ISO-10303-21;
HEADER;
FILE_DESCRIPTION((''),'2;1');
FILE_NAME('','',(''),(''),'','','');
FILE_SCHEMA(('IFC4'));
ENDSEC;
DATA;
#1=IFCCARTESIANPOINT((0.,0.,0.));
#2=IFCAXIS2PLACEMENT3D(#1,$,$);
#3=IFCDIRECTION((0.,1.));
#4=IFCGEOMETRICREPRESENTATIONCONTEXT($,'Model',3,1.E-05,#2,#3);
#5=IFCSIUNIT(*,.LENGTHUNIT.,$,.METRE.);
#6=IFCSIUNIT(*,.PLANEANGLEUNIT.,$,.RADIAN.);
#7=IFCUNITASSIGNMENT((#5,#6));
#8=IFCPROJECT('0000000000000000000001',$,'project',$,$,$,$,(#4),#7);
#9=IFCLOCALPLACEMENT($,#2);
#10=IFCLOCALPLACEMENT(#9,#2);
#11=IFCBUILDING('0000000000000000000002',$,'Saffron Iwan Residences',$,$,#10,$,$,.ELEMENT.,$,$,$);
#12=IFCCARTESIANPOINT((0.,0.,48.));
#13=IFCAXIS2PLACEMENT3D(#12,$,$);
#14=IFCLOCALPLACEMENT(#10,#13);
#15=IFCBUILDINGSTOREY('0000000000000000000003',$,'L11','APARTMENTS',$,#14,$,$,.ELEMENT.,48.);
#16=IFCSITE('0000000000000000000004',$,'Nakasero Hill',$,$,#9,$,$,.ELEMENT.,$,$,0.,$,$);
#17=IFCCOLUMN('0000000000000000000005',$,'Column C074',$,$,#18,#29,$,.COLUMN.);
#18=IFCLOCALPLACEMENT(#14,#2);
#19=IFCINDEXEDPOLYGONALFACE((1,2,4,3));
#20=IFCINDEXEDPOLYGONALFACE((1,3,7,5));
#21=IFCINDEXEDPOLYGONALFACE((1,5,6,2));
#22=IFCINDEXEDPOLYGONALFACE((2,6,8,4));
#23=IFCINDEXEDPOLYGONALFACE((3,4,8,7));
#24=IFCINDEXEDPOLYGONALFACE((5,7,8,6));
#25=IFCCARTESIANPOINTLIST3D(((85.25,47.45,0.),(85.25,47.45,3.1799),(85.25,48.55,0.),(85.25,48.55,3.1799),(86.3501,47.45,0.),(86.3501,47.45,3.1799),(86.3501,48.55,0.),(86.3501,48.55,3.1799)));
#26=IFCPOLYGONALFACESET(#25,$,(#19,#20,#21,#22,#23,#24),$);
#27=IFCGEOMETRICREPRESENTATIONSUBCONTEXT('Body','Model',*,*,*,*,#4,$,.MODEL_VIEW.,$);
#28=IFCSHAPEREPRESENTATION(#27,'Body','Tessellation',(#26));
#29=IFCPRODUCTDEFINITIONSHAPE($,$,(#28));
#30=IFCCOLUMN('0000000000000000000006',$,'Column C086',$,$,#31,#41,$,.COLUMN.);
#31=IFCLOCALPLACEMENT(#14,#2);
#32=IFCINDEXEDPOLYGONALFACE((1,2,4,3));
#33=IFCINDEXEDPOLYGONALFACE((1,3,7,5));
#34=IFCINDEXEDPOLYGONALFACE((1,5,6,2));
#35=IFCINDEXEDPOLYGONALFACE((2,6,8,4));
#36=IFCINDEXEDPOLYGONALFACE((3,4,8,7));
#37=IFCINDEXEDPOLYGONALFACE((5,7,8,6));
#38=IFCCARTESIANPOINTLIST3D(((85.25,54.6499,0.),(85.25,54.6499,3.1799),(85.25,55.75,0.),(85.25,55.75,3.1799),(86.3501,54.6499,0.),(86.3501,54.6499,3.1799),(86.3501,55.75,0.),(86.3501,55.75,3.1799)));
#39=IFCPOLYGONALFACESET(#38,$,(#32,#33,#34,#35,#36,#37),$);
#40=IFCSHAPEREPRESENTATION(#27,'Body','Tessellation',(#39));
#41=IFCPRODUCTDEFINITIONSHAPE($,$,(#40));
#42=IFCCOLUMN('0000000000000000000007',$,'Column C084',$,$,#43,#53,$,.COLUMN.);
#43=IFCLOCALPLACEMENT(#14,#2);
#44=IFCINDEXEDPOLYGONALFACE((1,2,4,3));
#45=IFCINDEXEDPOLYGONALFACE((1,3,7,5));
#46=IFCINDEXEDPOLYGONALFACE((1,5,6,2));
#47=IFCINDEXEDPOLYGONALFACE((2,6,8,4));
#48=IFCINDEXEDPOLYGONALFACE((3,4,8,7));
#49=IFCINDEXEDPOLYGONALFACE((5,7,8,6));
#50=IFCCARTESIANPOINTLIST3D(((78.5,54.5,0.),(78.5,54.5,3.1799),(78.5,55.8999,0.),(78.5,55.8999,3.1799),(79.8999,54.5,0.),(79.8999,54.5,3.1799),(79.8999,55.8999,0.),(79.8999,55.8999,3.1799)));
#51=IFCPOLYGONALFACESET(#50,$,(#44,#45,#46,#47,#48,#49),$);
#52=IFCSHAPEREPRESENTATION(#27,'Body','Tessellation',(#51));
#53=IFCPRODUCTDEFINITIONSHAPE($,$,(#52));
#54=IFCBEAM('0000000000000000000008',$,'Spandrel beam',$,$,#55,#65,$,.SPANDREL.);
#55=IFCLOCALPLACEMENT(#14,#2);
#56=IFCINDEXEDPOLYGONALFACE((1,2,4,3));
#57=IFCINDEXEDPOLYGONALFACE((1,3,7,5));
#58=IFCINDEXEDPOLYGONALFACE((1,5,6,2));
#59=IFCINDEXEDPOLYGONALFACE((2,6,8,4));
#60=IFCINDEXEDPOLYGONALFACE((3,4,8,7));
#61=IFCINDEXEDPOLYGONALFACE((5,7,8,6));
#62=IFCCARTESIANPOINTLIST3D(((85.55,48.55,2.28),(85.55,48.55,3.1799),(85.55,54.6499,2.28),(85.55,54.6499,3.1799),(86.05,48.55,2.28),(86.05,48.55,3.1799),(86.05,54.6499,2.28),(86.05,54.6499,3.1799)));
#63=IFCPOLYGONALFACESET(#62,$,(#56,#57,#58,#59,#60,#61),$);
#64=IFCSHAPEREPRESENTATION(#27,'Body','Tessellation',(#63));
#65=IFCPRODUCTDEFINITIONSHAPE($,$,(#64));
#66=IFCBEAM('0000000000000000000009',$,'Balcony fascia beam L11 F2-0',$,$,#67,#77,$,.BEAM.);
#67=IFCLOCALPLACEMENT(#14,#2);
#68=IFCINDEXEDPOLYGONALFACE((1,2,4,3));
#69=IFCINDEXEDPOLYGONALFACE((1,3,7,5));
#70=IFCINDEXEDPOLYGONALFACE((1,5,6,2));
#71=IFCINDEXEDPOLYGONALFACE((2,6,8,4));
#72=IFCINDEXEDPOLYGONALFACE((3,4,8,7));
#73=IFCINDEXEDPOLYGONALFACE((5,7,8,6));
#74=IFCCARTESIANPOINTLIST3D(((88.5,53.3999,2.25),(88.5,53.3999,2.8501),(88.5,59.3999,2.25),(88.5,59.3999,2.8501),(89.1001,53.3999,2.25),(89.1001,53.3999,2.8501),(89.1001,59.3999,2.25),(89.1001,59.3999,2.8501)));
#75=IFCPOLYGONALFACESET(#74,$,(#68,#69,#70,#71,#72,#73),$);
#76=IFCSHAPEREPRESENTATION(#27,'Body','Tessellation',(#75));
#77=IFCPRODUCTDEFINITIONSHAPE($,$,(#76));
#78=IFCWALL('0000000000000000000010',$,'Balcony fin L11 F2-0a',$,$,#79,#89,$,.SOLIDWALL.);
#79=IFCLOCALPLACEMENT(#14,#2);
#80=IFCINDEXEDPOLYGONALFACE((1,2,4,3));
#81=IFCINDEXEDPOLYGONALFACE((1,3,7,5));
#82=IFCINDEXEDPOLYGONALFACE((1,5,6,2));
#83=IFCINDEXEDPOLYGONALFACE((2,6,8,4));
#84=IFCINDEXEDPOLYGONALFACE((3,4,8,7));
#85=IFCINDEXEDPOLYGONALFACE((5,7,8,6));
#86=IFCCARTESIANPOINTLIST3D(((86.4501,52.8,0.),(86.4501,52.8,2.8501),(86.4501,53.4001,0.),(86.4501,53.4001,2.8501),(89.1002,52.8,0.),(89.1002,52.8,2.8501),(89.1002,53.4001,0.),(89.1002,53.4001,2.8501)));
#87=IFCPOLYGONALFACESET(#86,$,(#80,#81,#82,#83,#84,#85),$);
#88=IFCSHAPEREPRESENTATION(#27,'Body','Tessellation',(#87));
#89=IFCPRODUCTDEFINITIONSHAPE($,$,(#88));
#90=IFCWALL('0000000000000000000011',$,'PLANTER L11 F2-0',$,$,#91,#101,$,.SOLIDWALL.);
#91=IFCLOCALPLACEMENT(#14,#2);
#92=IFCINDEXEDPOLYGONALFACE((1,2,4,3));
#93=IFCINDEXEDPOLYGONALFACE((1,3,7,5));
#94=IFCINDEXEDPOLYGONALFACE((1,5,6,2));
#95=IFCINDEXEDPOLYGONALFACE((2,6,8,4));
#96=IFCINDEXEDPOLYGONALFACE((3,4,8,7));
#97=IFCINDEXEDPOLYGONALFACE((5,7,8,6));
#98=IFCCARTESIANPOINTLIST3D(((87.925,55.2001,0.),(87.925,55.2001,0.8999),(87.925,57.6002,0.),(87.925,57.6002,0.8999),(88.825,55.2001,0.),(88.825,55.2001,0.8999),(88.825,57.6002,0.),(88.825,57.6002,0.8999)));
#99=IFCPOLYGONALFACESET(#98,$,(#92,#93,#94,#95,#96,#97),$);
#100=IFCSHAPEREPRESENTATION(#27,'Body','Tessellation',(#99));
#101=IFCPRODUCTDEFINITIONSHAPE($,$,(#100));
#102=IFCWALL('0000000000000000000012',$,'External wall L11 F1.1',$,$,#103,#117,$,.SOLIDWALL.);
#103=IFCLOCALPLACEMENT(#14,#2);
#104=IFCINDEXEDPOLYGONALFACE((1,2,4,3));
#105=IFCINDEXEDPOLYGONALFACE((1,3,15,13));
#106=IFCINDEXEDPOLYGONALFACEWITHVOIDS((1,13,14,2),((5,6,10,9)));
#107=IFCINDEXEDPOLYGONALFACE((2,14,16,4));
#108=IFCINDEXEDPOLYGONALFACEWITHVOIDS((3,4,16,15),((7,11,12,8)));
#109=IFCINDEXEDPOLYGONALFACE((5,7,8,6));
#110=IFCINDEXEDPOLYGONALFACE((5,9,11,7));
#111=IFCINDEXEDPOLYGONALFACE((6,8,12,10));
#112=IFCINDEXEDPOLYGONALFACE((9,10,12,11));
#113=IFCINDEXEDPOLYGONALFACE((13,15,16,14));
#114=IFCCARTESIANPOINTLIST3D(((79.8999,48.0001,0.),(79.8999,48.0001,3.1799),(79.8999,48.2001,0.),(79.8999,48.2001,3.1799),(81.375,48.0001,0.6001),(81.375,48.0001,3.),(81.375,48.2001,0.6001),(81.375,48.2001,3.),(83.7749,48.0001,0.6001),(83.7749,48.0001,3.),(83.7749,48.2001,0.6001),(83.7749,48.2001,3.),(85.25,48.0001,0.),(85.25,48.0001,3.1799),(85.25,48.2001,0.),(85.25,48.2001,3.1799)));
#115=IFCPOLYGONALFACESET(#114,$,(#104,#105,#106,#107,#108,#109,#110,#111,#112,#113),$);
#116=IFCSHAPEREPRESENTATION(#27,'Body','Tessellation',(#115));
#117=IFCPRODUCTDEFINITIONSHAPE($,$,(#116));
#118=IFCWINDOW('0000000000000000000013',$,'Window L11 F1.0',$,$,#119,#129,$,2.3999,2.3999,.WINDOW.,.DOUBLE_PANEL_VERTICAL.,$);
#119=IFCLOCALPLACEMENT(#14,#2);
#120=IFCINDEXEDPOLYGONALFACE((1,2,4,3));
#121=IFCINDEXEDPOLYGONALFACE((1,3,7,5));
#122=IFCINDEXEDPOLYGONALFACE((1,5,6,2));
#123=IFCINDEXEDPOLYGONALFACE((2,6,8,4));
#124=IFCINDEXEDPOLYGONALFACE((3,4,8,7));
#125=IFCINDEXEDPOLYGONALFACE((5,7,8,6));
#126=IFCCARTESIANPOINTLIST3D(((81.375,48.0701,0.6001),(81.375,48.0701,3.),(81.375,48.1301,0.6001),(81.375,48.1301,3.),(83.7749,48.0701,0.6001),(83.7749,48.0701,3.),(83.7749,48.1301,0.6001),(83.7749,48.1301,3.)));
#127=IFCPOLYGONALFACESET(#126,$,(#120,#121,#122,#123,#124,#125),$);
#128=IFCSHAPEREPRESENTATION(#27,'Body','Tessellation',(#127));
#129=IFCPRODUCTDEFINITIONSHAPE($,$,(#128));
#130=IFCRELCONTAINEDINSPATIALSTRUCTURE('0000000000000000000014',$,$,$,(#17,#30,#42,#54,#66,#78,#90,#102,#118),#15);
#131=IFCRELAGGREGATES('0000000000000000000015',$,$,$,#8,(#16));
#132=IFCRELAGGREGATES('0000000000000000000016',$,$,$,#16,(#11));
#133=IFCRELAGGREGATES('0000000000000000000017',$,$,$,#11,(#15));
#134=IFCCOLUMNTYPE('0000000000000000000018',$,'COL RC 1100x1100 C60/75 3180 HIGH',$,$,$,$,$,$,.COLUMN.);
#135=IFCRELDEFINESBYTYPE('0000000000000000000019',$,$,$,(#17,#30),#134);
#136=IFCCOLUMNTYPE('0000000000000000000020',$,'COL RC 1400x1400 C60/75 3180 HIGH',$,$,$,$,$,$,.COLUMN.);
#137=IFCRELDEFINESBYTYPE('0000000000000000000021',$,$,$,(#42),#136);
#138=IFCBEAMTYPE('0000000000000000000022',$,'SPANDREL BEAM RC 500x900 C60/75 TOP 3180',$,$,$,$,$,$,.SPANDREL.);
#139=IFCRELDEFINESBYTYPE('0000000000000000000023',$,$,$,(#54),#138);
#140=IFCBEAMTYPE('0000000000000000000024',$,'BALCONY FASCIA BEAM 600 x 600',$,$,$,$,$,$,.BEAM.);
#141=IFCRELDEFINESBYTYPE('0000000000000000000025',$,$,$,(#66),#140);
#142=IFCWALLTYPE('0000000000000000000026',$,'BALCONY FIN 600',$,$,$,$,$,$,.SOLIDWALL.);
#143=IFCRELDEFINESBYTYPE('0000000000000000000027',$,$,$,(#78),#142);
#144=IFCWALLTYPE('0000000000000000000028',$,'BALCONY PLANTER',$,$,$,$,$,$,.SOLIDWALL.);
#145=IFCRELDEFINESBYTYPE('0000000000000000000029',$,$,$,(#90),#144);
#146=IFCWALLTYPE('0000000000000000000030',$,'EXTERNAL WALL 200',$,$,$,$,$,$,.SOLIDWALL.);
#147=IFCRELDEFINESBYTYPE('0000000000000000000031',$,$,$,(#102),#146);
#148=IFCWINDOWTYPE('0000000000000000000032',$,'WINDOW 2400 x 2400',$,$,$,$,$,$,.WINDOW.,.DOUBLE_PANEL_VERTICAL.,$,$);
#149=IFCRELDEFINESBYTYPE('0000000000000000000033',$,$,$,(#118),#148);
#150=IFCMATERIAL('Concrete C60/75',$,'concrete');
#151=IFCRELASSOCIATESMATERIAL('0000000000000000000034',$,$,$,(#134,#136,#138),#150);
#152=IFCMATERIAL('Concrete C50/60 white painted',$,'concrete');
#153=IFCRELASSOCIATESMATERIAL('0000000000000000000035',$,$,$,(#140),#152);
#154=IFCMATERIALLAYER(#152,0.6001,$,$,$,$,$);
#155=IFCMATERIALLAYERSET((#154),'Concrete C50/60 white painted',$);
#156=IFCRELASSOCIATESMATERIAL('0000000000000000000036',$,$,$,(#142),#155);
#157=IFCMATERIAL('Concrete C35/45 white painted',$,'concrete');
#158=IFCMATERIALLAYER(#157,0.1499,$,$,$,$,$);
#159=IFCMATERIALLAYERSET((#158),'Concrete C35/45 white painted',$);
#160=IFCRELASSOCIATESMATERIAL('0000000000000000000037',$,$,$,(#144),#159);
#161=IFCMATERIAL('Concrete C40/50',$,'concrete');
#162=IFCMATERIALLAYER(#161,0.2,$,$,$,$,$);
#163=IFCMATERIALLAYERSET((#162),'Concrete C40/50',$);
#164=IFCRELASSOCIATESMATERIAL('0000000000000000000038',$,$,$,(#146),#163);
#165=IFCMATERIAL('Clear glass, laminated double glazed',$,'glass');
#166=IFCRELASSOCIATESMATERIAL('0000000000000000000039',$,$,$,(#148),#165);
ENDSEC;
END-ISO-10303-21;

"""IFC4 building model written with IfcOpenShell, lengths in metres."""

from ifc_helpers import new_model, si_unit, direction, frame, frame_2d, origin, origin_2d, place, context, subcontext, project, spatial, rectangle, extrude, source, transform, mapped, material, layer, layer_set, material_profile, profile_set, type_object, element, fill, save


model = new_model("IFC4")

# Units and contexts
model_context = context("Model", 3, precision=1e-05, world=origin(), true_north=direction((0.0, 1.0)))
body_context = subcontext(model_context, "Body", "Model", "MODEL_VIEW")
ifc_project = project(units=[si_unit("LENGTHUNIT", "METRE"), si_unit("PLANEANGLEUNIT", "RADIAN")], contexts=[model_context])

# Site, building, storey
site_placement = place(None, origin())
site = spatial("IfcSite", under=ifc_project, at=site_placement, Name="Nakasero Hill", CompositionType="ELEMENT", RefElevation=0.0)
building_placement = place(site_placement, origin())
building = spatial("IfcBuilding", under=site, at=building_placement, Name="Saffron Iwan Residences", CompositionType="ELEMENT")
storey_placement = place(building_placement, frame((0.0, 0.0, 48.0)))
storey = spatial("IfcBuildingStorey", under=building, at=storey_placement, Name="L11", Description="APARTMENTS", CompositionType="ELEMENT", Elevation=48.0)

# Columns
ifc_material_1 = material(Name="Concrete C60/75", Category="concrete")
ifc_material_profile_1 = material_profile(ifc_material_1, rectangle(XDim=1.1001, YDim=1.1001, at=origin_2d()), Name="RC 1100x1100")
ifc_profile_set_1 = profile_set([ifc_material_profile_1], Name="Concrete C60/75")
column_type_1 = type_object("IfcColumnType", Name="COL RC 1100x1100 C60/75 3180 HIGH", PredefinedType="COLUMN", material=ifc_profile_set_1)
shared_shape_1 = source(origin(), body_context, "Body", "SweptSolid", [
    extrude(rectangle(XDim=1.1001, YDim=1.1001, at=origin_2d()), origin(), (0.0, 0.0, 1.0), 3.1799),
])
for number, where, z_axis, x_axis, name in (
    (1, (85.8, 48.0, 0.0), (0.0, 0.0, 1.0), (1.0, 0.0, 0.0), "Column C074"),
    (2, (85.8, 55.2, 0.0), (0.0, 0.0, 1.0), (1.0, 0.0, 0.0), "Column C086"),
):
    element("IfcColumn", number, at=place(storey_placement, frame(where, z_axis=z_axis, x_axis=x_axis)), inside=storey, type_object=column_type_1, Name=name, PredefinedType="COLUMN", context=body_context, shape_type="MappedRepresentation", body=[
        mapped(shared_shape_1, transform((0.0, 0.0, 0.0))),
    ])
ifc_material_profile_2 = material_profile(ifc_material_1, rectangle(XDim=1.3999, YDim=1.3999, at=origin_2d()), Name="RC 1400x1400")
ifc_profile_set_2 = profile_set([ifc_material_profile_2], Name="Concrete C60/75")
column_type_2 = type_object("IfcColumnType", Name="COL RC 1400x1400 C60/75 3180 HIGH", PredefinedType="COLUMN", material=ifc_profile_set_2)
shared_shape_2 = source(origin(), body_context, "Body", "SweptSolid", [
    extrude(rectangle(XDim=1.3999, YDim=1.3999, at=origin_2d()), origin(), (0.0, 0.0, 1.0), 3.1799),
])
column_placement = place(storey_placement, frame((79.2, 55.2, 0.0), z_axis=(0.0, 0.0, 1.0), x_axis=(1.0, 0.0, 0.0)))
element("IfcColumn", 3, at=column_placement, inside=storey, type_object=column_type_2, Name="Column C084", PredefinedType="COLUMN", context=body_context, shape_type="MappedRepresentation", body=[
    mapped(shared_shape_2, transform((0.0, 0.0, 0.0))),
])

# Beams
ifc_material_profile_3 = material_profile(ifc_material_1, rectangle(XDim=0.5, YDim=0.8999, at=origin_2d()), Name="RC 500x900")
ifc_profile_set_3 = profile_set([ifc_material_profile_3], Name="Concrete C60/75")
beam_type_1 = type_object("IfcBeamType", Name="SPANDREL BEAM RC 500x900 C60/75 TOP 3180", PredefinedType="SPANDREL", material=ifc_profile_set_3)
shared_shape_3 = source(origin(), body_context, "Body", "SweptSolid", [
    extrude(rectangle(XDim=0.5, YDim=0.8999, at=origin_2d()), origin(), (0.0, 0.0, 1.0), 6.0999),
])
beam_1_placement = place(storey_placement, frame((85.8, 54.6499, 2.73), z_axis=(0.0, -1.0, 0.0), x_axis=(1.0, 0.0, 0.0)))
element("IfcBeam", 4, at=beam_1_placement, inside=storey, type_object=beam_type_1, Name="Spandrel beam", PredefinedType="SPANDREL", context=body_context, shape_type="MappedRepresentation", body=[
    mapped(shared_shape_3, transform((0.0, 0.0, 0.0))),
])
ifc_material_2 = material(Name="Concrete C50/60 white painted", Category="concrete")
ifc_material_profile_4 = material_profile(ifc_material_2, rectangle(XDim=0.6001, YDim=0.6001, at=origin_2d()), Name="BALCONY FASCIA BEAM 600 x 600")
ifc_profile_set_4 = profile_set([ifc_material_profile_4], Name="Concrete C50/60 white painted")
beam_type_2 = type_object("IfcBeamType", Name="BALCONY FASCIA BEAM 600 x 600", PredefinedType="BEAM", material=ifc_profile_set_4)
shared_shape_4 = source(origin(), body_context, "Body", "SweptSolid", [
    extrude(rectangle(XDim=0.6001, YDim=0.6001, at=origin_2d()), origin(), (0.0, 0.0, 1.0), 6.0),
])
beam_2_placement = place(storey_placement, frame((88.8, 53.3999, 2.55), z_axis=(0.0, 1.0, 0.0), x_axis=(-1.0, 0.0, 0.0)))
element("IfcBeam", 5, at=beam_2_placement, inside=storey, type_object=beam_type_2, Name="Balcony fascia beam L11 F2-0", PredefinedType="BEAM", context=body_context, shape_type="MappedRepresentation", body=[
    mapped(shared_shape_4, transform((0.0, 0.0, 0.0))),
])

# Walls
ifc_layer_1 = layer(ifc_material_2, 0.6001)
ifc_layer_set_1 = layer_set([ifc_layer_1], Name="Concrete C50/60 white painted")
wall_type_1 = type_object("IfcWallType", Name="BALCONY FIN 600", PredefinedType="SOLIDWALL", material=ifc_layer_set_1)
wall_1_placement = place(storey_placement, frame((86.45, 53.1001, 0.0), z_axis=(0.0, 0.0, 1.0), x_axis=(1.0, 0.0, 0.0)))
element("IfcWall", 6, at=wall_1_placement, inside=storey, type_object=wall_type_1, Name="Balcony fin L11 F2-0a", PredefinedType="SOLIDWALL", context=body_context, shape_type="SweptSolid", body=[
    extrude(rectangle(XDim=2.6501, YDim=0.6001, at=frame_2d((1.3252, 0.0))), origin(), (0.0, 0.0, 1.0), 2.8501),
])
ifc_material_3 = material(Name="Concrete C35/45 white painted", Category="concrete")
ifc_layer_2 = layer(ifc_material_3, 0.1499)
ifc_layer_set_2 = layer_set([ifc_layer_2], Name="Concrete C35/45 white painted")
wall_type_2 = type_object("IfcWallType", Name="BALCONY PLANTER", PredefinedType="SOLIDWALL", material=ifc_layer_set_2)
wall_2_placement = place(storey_placement, frame((88.375, 55.2, 0.0), z_axis=(0.0, 0.0, 1.0), x_axis=(0.0, 1.0, 0.0)))
element("IfcWall", 7, at=wall_2_placement, inside=storey, type_object=wall_type_2, Name="PLANTER L11 F2-0", PredefinedType="SOLIDWALL", context=body_context, shape_type="SweptSolid", body=[
    extrude(rectangle(XDim=2.4001, YDim=0.8999, at=frame_2d((1.2002, 0.0))), origin(), (0.0, 0.0, 1.0), 0.8999),
])

# Wall, opening, window
ifc_material_4 = material(Name="Concrete C40/50", Category="concrete")
ifc_layer_3 = layer(ifc_material_4, 0.2)
ifc_layer_set_3 = layer_set([ifc_layer_3], Name="Concrete C40/50")
wall_type_3 = type_object("IfcWallType", Name="EXTERNAL WALL 200", PredefinedType="SOLIDWALL", material=ifc_layer_set_3)
wall_3_placement = place(storey_placement, frame((79.8999, 48.1001, 0.0), z_axis=(0.0, 0.0, 1.0), x_axis=(1.0, 0.0, 0.0)))
wall_3 = element("IfcWall", 8, at=wall_3_placement, inside=storey, type_object=wall_type_3, Name="External wall L11 F1.1", PredefinedType="SOLIDWALL", context=body_context, shape_type="SweptSolid", body=[
    extrude(rectangle(XDim=5.3501, YDim=0.2, at=frame_2d((2.675, 0.0))), origin(), (0.0, 0.0, 1.0), 3.1799),
])
opening_1_placement = place(wall_3_placement, frame((1.4751, 0.0, 0.6001)))
opening_1 = element("IfcOpeningElement", 9, at=opening_1_placement, cuts=wall_3, PredefinedType="OPENING", context=body_context, shape_type="SweptSolid", body=[
    extrude(rectangle(XDim=2.3999, YDim=2.3999, at=frame_2d((1.2, 1.2))), frame((0.0, 0.1099, 0.0), z_axis=(0.0, -1.0, 0.0), x_axis=(1.0, 0.0, 0.0)), (0.0, 0.0, 1.0), 0.22),
])
ifc_material_5 = material(Name="Clear glass, laminated double glazed", Category="glass")
window_type_1 = type_object("IfcWindowType", Name="WINDOW 2400 x 2400", PartitioningType="DOUBLE_PANEL_VERTICAL", PredefinedType="WINDOW", material=ifc_material_5)
window_1_placement = place(opening_1_placement, origin())
window_1 = element("IfcWindow", 10, at=window_1_placement, inside=storey, type_object=window_type_1, Name="Window L11 F1.0", OverallHeight=2.3999, OverallWidth=2.3999, PartitioningType="DOUBLE_PANEL_VERTICAL", PredefinedType="WINDOW", context=body_context, shape_type="SweptSolid", body=[
    extrude(rectangle(XDim=2.3999, YDim=2.3999, at=frame_2d((1.2, 1.2))), frame((0.0, 0.03, 0.0), z_axis=(0.0, -1.0, 0.0), x_axis=(1.0, 0.0, 0.0)), (0.0, 0.0, 1.0), 0.0601),
])
fill(opening_1, window_1)

save(model, "model.ifc")
